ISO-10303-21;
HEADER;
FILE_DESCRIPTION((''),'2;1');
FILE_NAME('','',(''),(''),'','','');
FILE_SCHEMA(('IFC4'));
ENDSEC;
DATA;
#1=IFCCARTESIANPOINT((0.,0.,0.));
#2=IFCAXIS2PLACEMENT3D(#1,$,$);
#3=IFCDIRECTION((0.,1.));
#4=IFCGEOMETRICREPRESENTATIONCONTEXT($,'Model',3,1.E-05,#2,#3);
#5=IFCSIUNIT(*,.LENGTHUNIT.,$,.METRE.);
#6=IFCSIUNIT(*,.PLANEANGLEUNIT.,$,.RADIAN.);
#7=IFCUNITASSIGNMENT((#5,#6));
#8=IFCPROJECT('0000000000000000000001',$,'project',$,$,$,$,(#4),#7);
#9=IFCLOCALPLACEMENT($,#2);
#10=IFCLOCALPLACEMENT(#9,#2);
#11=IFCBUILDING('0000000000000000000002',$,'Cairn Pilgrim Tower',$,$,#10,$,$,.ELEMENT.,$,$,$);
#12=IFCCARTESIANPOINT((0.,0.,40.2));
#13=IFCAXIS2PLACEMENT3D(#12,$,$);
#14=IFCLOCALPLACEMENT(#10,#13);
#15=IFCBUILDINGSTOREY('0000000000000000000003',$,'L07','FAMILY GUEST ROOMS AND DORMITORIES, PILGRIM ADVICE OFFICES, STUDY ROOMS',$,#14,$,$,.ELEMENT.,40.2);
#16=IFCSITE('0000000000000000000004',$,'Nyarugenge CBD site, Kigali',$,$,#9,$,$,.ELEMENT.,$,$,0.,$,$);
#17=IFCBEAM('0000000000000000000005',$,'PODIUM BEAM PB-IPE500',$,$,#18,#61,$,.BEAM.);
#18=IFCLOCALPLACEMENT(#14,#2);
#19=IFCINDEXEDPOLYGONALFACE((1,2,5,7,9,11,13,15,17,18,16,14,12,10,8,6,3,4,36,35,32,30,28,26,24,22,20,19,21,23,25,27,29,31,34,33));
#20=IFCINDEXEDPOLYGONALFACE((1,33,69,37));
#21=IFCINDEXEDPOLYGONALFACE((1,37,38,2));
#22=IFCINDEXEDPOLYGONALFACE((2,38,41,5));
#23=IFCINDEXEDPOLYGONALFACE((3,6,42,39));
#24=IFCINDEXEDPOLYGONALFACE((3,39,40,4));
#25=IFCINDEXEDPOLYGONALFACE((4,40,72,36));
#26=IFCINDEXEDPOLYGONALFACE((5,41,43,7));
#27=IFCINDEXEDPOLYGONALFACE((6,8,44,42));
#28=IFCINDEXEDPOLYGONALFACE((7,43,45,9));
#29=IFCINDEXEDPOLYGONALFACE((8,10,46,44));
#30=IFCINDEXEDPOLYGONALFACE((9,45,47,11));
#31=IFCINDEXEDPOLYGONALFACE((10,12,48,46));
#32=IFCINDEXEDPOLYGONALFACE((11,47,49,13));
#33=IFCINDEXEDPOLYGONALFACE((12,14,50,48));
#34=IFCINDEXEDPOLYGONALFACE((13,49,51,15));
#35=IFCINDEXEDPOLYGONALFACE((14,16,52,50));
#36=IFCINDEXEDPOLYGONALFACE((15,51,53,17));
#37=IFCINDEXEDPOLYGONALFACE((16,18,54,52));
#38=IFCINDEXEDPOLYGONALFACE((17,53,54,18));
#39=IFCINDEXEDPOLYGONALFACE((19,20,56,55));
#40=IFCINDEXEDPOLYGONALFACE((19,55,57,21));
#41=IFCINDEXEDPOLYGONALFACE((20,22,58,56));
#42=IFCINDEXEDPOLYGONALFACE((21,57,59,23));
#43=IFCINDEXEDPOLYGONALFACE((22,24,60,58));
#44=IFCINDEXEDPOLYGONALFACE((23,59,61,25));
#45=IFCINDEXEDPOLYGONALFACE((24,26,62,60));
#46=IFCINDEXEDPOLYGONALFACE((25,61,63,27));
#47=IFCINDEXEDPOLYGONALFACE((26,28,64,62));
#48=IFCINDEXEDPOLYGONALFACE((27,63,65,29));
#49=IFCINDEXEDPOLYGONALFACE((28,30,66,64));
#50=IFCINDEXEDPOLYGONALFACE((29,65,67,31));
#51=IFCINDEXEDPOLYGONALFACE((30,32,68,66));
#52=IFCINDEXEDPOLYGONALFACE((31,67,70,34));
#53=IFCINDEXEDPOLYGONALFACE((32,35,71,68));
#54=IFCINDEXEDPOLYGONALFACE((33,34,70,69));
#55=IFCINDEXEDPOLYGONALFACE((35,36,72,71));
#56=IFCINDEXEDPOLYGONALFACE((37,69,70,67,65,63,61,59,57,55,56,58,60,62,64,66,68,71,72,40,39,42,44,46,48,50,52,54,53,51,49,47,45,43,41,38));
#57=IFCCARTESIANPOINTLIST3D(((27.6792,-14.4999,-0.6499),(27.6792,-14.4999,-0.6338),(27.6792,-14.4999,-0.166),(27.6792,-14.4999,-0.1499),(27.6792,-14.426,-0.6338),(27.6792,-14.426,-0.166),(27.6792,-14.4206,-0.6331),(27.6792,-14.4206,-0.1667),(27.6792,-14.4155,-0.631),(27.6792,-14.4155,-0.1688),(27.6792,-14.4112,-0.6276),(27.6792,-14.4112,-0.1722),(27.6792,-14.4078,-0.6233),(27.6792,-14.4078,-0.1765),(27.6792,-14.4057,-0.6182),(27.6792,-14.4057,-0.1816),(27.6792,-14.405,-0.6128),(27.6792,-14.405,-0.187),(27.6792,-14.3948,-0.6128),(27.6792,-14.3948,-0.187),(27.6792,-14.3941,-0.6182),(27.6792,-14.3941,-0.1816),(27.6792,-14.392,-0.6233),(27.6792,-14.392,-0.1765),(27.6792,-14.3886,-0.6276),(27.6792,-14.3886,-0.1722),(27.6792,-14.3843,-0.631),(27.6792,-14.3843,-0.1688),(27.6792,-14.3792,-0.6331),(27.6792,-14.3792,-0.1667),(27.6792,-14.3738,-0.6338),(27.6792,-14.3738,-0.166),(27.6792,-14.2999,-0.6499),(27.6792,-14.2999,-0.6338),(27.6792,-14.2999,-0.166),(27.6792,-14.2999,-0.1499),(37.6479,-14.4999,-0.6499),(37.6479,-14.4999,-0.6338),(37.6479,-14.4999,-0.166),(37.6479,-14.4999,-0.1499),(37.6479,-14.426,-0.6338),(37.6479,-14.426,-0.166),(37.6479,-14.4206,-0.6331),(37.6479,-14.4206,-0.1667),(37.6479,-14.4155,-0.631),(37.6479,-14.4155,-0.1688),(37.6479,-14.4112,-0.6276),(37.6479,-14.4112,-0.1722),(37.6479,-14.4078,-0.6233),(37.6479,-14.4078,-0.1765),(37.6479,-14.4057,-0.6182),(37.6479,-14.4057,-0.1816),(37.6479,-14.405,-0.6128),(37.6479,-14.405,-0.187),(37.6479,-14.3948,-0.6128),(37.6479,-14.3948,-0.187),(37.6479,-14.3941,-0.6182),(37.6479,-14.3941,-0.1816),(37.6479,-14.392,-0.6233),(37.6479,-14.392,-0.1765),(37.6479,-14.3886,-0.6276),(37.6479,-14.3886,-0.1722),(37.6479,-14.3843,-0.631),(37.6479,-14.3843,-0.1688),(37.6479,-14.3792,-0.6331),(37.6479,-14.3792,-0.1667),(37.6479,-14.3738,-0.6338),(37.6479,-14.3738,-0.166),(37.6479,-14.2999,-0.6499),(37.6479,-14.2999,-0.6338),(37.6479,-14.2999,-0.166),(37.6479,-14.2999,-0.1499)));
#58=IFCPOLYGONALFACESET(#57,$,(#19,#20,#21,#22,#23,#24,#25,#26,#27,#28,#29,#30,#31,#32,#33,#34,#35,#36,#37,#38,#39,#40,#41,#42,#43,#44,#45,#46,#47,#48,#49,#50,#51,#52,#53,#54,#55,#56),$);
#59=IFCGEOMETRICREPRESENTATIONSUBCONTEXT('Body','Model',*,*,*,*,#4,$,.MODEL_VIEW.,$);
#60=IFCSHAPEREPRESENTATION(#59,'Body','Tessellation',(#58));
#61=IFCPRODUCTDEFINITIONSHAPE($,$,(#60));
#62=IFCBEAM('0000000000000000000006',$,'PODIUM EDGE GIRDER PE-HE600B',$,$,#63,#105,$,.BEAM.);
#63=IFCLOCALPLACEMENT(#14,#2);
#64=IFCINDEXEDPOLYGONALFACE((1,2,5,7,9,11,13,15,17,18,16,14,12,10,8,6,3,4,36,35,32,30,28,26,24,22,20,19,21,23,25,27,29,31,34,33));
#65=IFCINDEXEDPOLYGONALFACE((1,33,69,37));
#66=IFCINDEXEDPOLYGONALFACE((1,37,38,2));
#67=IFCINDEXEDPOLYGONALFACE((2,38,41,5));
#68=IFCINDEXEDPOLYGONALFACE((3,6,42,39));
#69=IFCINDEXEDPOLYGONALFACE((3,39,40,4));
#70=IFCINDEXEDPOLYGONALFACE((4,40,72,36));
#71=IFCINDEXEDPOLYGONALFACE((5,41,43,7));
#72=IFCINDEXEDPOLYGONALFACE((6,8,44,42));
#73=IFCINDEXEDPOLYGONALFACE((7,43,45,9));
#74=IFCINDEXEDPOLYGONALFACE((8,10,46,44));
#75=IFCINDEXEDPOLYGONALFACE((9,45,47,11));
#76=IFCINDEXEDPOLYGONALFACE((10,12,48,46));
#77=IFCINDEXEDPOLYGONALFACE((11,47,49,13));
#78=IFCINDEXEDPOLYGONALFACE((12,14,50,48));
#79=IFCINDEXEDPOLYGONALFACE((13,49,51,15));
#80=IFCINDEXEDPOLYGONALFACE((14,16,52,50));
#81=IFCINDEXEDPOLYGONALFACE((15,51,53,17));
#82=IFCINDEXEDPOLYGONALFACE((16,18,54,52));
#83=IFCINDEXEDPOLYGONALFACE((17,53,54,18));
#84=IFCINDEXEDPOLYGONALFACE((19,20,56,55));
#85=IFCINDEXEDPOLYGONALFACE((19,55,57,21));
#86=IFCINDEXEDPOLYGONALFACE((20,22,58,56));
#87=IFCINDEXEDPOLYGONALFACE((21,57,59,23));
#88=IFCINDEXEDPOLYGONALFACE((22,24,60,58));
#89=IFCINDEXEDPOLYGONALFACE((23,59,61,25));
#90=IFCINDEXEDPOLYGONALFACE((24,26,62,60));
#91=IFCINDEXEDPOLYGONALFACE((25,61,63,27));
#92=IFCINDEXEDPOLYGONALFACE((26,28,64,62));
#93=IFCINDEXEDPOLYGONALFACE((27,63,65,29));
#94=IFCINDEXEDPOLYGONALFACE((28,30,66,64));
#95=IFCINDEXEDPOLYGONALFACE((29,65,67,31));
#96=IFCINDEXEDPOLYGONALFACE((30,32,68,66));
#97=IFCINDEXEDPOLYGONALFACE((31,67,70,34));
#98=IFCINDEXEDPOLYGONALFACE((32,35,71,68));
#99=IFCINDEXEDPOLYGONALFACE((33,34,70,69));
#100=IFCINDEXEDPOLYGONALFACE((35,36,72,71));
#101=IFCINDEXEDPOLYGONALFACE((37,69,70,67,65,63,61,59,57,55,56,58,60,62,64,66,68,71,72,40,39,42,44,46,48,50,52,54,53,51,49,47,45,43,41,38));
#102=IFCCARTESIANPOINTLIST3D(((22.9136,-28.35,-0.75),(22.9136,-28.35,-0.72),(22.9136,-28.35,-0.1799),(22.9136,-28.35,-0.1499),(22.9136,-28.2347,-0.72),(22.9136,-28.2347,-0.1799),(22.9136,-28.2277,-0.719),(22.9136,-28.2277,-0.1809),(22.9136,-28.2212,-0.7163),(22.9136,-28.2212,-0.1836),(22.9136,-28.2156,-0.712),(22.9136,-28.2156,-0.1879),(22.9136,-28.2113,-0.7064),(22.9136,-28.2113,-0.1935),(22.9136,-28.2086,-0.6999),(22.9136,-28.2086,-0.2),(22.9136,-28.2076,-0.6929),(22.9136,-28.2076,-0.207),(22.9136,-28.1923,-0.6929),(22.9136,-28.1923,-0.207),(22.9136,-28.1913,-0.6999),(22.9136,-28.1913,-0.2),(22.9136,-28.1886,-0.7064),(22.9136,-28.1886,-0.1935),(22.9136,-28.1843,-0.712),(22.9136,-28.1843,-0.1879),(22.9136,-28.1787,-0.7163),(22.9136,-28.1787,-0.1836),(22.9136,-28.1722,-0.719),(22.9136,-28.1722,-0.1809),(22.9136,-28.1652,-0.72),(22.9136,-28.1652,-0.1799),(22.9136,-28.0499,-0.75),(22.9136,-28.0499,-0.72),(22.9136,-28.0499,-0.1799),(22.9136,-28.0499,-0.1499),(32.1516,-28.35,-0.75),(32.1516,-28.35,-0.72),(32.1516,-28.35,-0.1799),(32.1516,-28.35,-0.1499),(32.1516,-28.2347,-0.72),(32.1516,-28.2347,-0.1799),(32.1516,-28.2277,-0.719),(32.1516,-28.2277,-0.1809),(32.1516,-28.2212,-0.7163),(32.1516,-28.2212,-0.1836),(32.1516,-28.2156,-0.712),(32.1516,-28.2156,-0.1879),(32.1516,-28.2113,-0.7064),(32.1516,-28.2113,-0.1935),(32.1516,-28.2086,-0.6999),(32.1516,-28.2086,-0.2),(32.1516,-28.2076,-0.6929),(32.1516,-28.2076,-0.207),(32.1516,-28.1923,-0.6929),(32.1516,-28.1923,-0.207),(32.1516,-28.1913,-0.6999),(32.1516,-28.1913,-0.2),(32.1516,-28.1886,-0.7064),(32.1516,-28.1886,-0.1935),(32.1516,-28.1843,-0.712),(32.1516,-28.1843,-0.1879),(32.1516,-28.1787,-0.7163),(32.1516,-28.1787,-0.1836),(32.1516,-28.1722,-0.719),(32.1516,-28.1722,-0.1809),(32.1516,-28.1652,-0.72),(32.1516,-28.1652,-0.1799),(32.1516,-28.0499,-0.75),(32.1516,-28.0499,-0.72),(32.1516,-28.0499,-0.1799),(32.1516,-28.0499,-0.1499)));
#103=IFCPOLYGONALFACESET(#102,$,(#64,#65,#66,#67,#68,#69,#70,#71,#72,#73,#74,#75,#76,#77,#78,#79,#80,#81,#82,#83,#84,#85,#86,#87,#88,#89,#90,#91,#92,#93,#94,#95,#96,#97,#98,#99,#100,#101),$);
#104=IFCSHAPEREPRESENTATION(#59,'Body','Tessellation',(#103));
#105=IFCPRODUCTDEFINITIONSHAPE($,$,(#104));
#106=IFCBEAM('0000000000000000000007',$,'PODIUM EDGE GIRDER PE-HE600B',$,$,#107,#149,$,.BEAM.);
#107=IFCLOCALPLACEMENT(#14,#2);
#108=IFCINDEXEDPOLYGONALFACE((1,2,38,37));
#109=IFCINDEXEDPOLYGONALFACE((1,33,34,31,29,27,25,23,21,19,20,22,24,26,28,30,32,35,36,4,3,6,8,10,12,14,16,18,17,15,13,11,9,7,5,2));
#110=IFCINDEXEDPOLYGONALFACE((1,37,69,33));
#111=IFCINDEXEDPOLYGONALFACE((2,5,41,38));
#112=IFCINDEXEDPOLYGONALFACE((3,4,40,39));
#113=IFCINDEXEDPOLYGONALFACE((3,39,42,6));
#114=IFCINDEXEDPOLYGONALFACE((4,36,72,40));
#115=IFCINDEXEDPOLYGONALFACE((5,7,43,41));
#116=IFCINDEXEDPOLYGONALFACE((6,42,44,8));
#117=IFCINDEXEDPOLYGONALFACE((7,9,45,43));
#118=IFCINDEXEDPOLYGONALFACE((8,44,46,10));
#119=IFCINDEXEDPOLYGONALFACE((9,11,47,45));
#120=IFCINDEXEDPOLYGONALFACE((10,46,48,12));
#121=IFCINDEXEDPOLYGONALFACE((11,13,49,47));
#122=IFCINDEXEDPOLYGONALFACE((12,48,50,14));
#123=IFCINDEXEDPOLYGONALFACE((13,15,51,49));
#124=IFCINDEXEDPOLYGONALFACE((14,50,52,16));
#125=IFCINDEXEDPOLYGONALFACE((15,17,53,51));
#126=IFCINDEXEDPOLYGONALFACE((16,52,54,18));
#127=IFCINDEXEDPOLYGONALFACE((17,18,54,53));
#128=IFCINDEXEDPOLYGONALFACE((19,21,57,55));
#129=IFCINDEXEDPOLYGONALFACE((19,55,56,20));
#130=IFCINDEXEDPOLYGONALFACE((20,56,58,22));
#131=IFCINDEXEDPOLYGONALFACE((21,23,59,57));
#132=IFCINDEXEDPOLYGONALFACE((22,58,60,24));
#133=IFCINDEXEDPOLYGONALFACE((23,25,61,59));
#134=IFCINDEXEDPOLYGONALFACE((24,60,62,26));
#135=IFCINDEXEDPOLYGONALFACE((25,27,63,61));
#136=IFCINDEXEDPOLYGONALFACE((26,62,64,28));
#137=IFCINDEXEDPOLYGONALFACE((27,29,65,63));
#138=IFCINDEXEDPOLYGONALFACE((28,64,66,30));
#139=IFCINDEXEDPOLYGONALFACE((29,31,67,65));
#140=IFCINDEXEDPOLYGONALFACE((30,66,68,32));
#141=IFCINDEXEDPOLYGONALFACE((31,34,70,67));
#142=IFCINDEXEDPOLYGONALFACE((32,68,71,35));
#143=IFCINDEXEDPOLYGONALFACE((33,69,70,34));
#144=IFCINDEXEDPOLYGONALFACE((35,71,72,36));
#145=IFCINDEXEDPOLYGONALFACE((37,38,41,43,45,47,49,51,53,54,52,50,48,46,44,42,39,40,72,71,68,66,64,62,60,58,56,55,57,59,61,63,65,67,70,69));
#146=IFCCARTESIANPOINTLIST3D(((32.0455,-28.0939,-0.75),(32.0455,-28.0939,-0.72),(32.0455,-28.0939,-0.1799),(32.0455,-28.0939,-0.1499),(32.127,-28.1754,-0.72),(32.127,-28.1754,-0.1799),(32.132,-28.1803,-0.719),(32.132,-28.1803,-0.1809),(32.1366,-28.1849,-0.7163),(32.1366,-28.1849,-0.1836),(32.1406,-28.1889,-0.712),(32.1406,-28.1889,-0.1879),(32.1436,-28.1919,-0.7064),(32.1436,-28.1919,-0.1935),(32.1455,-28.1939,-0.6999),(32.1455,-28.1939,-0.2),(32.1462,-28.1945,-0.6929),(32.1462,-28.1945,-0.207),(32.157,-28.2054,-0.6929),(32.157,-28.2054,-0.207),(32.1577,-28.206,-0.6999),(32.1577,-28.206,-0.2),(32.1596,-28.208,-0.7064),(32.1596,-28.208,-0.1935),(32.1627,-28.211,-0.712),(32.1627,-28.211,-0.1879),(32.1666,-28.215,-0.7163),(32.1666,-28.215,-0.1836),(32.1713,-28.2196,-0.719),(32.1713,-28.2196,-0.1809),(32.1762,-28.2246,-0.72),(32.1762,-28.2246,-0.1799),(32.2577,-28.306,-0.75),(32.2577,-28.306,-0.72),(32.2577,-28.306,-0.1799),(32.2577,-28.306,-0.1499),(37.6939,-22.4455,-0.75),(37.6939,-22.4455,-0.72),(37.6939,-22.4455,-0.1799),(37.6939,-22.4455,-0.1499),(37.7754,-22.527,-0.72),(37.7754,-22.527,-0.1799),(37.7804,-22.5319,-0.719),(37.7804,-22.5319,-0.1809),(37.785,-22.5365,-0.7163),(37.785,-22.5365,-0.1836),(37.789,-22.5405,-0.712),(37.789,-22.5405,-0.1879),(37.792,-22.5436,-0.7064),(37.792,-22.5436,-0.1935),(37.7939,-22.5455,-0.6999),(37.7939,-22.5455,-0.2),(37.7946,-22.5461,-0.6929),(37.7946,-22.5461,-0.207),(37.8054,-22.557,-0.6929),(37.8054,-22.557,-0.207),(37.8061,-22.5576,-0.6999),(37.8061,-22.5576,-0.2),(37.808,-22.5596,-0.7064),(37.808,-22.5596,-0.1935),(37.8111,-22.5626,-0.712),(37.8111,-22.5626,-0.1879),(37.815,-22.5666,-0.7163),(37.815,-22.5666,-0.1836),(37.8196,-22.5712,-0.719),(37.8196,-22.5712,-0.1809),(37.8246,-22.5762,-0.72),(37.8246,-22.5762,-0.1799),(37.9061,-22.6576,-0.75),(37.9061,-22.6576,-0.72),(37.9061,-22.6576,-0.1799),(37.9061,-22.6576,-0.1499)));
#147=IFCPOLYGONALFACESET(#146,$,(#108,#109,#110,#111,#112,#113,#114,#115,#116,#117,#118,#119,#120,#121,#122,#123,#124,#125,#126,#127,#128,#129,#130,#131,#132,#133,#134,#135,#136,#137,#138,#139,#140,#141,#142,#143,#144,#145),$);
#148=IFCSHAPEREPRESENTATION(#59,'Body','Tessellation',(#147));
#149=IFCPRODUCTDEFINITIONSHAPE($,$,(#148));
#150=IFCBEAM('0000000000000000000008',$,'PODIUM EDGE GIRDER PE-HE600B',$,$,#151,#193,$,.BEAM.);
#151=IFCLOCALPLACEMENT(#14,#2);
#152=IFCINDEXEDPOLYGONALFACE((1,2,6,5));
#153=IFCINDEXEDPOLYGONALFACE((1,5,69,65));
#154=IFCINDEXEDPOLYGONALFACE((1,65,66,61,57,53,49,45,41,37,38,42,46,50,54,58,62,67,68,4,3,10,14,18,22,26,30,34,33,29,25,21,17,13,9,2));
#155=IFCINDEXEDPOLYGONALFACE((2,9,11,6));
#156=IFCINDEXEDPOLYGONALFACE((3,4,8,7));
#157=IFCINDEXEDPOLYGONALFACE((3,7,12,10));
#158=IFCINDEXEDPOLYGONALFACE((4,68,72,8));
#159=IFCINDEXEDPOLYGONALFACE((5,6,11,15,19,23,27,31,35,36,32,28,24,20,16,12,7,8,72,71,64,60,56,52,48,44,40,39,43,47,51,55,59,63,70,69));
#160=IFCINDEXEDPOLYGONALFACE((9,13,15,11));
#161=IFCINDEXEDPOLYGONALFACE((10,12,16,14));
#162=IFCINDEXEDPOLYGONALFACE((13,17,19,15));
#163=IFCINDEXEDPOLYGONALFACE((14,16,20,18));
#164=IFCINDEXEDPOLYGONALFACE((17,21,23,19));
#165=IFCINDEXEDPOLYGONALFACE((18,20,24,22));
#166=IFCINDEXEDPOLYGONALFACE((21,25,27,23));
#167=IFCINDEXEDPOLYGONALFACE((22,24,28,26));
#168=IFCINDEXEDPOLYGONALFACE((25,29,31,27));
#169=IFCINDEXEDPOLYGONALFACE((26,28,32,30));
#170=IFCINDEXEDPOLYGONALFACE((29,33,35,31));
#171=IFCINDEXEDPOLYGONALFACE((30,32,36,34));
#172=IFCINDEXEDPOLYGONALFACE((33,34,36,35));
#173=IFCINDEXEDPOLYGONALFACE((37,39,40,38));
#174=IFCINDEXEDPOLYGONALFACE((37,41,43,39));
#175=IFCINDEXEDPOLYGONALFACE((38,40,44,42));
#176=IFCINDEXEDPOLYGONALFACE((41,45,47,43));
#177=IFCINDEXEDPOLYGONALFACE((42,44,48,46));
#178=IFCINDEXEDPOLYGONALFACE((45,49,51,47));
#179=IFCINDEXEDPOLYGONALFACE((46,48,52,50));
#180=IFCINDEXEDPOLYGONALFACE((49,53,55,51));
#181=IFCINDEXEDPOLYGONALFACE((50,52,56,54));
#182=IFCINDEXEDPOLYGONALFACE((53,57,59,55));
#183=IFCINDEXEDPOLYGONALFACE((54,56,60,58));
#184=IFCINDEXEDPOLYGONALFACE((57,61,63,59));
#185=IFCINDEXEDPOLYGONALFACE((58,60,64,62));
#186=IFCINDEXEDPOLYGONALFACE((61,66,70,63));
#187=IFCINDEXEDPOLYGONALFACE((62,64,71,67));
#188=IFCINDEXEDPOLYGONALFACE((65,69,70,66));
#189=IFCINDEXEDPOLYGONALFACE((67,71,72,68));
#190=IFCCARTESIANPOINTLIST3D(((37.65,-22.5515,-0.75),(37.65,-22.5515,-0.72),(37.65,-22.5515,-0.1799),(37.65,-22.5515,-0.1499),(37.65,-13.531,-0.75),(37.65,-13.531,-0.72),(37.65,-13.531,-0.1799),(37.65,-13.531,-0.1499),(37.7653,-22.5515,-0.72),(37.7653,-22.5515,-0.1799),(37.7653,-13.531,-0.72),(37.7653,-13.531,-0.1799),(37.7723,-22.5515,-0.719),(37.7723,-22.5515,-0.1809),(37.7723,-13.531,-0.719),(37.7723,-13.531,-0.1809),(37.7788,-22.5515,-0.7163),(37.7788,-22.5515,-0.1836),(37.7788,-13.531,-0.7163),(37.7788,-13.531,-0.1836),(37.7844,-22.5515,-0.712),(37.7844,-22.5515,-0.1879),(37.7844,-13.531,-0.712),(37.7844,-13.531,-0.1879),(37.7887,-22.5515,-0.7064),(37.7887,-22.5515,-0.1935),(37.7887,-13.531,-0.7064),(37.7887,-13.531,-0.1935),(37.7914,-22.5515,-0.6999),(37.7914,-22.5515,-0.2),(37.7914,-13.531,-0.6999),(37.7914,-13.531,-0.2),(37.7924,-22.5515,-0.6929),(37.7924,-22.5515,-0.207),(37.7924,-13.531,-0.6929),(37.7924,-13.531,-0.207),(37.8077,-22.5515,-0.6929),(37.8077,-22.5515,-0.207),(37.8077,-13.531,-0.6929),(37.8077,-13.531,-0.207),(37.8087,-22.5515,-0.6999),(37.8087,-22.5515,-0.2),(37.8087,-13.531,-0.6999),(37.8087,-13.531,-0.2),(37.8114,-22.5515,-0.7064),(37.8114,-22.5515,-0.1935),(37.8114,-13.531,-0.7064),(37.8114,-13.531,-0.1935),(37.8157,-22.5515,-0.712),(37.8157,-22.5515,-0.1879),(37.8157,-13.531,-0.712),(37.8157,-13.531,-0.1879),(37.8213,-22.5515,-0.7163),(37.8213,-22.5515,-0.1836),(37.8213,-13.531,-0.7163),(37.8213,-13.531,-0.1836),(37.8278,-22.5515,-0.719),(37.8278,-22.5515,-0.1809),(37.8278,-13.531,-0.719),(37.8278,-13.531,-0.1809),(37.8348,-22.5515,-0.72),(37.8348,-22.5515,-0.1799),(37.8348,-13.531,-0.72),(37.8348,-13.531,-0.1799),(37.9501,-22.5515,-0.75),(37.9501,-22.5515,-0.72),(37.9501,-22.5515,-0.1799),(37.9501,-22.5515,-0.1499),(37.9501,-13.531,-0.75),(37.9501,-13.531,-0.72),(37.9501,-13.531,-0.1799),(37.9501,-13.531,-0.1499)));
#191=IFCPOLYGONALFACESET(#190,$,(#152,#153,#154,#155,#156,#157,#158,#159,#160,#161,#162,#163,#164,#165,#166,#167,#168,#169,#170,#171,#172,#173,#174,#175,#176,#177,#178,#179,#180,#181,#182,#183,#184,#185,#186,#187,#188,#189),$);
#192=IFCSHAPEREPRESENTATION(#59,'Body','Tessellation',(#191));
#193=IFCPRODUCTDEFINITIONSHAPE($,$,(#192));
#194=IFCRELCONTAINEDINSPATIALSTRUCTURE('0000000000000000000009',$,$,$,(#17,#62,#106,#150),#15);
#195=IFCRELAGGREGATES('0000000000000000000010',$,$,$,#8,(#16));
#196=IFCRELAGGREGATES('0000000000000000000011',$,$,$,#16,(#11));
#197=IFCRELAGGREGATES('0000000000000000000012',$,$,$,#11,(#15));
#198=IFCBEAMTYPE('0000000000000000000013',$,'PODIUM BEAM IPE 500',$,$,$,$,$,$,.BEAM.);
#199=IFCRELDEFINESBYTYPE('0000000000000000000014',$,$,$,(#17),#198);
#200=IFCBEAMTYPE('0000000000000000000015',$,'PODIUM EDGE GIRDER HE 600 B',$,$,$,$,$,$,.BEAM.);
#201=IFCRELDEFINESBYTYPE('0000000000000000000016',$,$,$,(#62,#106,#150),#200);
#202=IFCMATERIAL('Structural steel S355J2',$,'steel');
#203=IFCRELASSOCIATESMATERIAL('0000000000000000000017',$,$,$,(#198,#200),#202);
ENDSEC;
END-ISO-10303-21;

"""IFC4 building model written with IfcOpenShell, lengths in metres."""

from ifc_helpers import new_model, si_unit, direction, frame, origin, origin_2d, place, context, subcontext, project, spatial, i_section, extrude, material, material_profile, profile_set, type_object, element, save


model = new_model("IFC4")

# Units and contexts
model_context = context("Model", 3, precision=1e-05, world=origin(), true_north=direction((0.0, 1.0)))
body_context = subcontext(model_context, "Body", "Model", "MODEL_VIEW")
ifc_project = project(units=[si_unit("LENGTHUNIT", "METRE"), si_unit("PLANEANGLEUNIT", "RADIAN")], contexts=[model_context])

# Site, building, storey
site_placement = place(None, origin())
site = spatial("IfcSite", under=ifc_project, at=site_placement, Name="Nyarugenge CBD site, Kigali", CompositionType="ELEMENT", RefElevation=0.0)
building_placement = place(site_placement, origin())
building = spatial("IfcBuilding", under=site, at=building_placement, Name="Cairn Pilgrim Tower", CompositionType="ELEMENT")
storey_placement = place(building_placement, frame((0.0, 0.0, 40.2)))
storey = spatial("IfcBuildingStorey", under=building, at=storey_placement, Name="L07", Description="FAMILY GUEST ROOMS AND DORMITORIES, PILGRIM ADVICE OFFICES, STUDY ROOMS", CompositionType="ELEMENT", Elevation=40.2)

# Beams
ifc_material_1 = material(Name="Structural steel S355J2", Category="steel")
ifc_material_profile_1 = material_profile(ifc_material_1, i_section(OverallWidth=0.2, OverallDepth=0.5, WebThickness=0.0103, FlangeThickness=0.0161, FilletRadius=0.021, at=origin_2d()), Name="IPE 500")
ifc_profile_set_1 = profile_set([ifc_material_profile_1], Name="Structural steel S355J2")
beam_type_1 = type_object("IfcBeamType", Name="PODIUM BEAM IPE 500", PredefinedType="BEAM", material=ifc_profile_set_1)
beam_1_placement = place(storey_placement, frame((27.6792, -14.3999, -0.3999), z_axis=(1.0, 0.0, 0.0), x_axis=(0.0, 1.0, 0.0)))
element("IfcBeam", 1, at=beam_1_placement, inside=storey, type_object=beam_type_1, Name="PODIUM BEAM PB-IPE500", PredefinedType="BEAM", context=body_context, shape_type="SweptSolid", body=[
    extrude(i_section(OverallWidth=0.2, OverallDepth=0.5, WebThickness=0.0103, FlangeThickness=0.0161, FilletRadius=0.021, at=origin_2d()), origin(), (0.0, 0.0, 1.0), 9.9688),
])
ifc_material_profile_2 = material_profile(ifc_material_1, i_section(OverallWidth=0.3, OverallDepth=0.6001, WebThickness=0.0154, FlangeThickness=0.03, FilletRadius=0.0271, at=origin_2d()), Name="HEB 600")
ifc_profile_set_2 = profile_set([ifc_material_profile_2], Name="Structural steel S355J2")
beam_type_2 = type_object("IfcBeamType", Name="PODIUM EDGE GIRDER HE 600 B", PredefinedType="BEAM", material=ifc_profile_set_2)
beam_2_placement = place(storey_placement, frame((22.9136, -28.2, -0.45), z_axis=(1.0, 0.0, 0.0), x_axis=(0.0, 1.0, 0.0)))
element("IfcBeam", 2, at=beam_2_placement, inside=storey, type_object=beam_type_2, Name="PODIUM EDGE GIRDER PE-HE600B", PredefinedType="BEAM", context=body_context, shape_type="SweptSolid", body=[
    extrude(i_section(OverallWidth=0.3, OverallDepth=0.6001, WebThickness=0.0154, FlangeThickness=0.03, FilletRadius=0.0271, at=origin_2d()), origin(), (0.0, 0.0, 1.0), 9.238),
])
beam_3_placement = place(storey_placement, frame((32.1516, -28.2, -0.45), z_axis=(0.707107, 0.707107, 0.0), x_axis=(-0.707107, 0.707107, 0.0)))
element("IfcBeam", 3, at=beam_3_placement, inside=storey, type_object=beam_type_2, Name="PODIUM EDGE GIRDER PE-HE600B", PredefinedType="BEAM", context=body_context, shape_type="SweptSolid", body=[
    extrude(i_section(OverallWidth=0.3, OverallDepth=0.6001, WebThickness=0.0154, FlangeThickness=0.03, FilletRadius=0.0271, at=origin_2d()), origin(), (0.0, 0.0, 1.0), 7.988),
])
beam_4_placement = place(storey_placement, frame((37.8, -22.5515, -0.45), z_axis=(0.0, 1.0, 0.0), x_axis=(-1.0, 0.0, 0.0)))
element("IfcBeam", 4, at=beam_4_placement, inside=storey, type_object=beam_type_2, Name="PODIUM EDGE GIRDER PE-HE600B", PredefinedType="BEAM", context=body_context, shape_type="SweptSolid", body=[
    extrude(i_section(OverallWidth=0.3, OverallDepth=0.6001, WebThickness=0.0154, FlangeThickness=0.03, FilletRadius=0.0271, at=origin_2d()), origin(), (0.0, 0.0, 1.0), 9.0205),
])

save(model, "model.ifc")
